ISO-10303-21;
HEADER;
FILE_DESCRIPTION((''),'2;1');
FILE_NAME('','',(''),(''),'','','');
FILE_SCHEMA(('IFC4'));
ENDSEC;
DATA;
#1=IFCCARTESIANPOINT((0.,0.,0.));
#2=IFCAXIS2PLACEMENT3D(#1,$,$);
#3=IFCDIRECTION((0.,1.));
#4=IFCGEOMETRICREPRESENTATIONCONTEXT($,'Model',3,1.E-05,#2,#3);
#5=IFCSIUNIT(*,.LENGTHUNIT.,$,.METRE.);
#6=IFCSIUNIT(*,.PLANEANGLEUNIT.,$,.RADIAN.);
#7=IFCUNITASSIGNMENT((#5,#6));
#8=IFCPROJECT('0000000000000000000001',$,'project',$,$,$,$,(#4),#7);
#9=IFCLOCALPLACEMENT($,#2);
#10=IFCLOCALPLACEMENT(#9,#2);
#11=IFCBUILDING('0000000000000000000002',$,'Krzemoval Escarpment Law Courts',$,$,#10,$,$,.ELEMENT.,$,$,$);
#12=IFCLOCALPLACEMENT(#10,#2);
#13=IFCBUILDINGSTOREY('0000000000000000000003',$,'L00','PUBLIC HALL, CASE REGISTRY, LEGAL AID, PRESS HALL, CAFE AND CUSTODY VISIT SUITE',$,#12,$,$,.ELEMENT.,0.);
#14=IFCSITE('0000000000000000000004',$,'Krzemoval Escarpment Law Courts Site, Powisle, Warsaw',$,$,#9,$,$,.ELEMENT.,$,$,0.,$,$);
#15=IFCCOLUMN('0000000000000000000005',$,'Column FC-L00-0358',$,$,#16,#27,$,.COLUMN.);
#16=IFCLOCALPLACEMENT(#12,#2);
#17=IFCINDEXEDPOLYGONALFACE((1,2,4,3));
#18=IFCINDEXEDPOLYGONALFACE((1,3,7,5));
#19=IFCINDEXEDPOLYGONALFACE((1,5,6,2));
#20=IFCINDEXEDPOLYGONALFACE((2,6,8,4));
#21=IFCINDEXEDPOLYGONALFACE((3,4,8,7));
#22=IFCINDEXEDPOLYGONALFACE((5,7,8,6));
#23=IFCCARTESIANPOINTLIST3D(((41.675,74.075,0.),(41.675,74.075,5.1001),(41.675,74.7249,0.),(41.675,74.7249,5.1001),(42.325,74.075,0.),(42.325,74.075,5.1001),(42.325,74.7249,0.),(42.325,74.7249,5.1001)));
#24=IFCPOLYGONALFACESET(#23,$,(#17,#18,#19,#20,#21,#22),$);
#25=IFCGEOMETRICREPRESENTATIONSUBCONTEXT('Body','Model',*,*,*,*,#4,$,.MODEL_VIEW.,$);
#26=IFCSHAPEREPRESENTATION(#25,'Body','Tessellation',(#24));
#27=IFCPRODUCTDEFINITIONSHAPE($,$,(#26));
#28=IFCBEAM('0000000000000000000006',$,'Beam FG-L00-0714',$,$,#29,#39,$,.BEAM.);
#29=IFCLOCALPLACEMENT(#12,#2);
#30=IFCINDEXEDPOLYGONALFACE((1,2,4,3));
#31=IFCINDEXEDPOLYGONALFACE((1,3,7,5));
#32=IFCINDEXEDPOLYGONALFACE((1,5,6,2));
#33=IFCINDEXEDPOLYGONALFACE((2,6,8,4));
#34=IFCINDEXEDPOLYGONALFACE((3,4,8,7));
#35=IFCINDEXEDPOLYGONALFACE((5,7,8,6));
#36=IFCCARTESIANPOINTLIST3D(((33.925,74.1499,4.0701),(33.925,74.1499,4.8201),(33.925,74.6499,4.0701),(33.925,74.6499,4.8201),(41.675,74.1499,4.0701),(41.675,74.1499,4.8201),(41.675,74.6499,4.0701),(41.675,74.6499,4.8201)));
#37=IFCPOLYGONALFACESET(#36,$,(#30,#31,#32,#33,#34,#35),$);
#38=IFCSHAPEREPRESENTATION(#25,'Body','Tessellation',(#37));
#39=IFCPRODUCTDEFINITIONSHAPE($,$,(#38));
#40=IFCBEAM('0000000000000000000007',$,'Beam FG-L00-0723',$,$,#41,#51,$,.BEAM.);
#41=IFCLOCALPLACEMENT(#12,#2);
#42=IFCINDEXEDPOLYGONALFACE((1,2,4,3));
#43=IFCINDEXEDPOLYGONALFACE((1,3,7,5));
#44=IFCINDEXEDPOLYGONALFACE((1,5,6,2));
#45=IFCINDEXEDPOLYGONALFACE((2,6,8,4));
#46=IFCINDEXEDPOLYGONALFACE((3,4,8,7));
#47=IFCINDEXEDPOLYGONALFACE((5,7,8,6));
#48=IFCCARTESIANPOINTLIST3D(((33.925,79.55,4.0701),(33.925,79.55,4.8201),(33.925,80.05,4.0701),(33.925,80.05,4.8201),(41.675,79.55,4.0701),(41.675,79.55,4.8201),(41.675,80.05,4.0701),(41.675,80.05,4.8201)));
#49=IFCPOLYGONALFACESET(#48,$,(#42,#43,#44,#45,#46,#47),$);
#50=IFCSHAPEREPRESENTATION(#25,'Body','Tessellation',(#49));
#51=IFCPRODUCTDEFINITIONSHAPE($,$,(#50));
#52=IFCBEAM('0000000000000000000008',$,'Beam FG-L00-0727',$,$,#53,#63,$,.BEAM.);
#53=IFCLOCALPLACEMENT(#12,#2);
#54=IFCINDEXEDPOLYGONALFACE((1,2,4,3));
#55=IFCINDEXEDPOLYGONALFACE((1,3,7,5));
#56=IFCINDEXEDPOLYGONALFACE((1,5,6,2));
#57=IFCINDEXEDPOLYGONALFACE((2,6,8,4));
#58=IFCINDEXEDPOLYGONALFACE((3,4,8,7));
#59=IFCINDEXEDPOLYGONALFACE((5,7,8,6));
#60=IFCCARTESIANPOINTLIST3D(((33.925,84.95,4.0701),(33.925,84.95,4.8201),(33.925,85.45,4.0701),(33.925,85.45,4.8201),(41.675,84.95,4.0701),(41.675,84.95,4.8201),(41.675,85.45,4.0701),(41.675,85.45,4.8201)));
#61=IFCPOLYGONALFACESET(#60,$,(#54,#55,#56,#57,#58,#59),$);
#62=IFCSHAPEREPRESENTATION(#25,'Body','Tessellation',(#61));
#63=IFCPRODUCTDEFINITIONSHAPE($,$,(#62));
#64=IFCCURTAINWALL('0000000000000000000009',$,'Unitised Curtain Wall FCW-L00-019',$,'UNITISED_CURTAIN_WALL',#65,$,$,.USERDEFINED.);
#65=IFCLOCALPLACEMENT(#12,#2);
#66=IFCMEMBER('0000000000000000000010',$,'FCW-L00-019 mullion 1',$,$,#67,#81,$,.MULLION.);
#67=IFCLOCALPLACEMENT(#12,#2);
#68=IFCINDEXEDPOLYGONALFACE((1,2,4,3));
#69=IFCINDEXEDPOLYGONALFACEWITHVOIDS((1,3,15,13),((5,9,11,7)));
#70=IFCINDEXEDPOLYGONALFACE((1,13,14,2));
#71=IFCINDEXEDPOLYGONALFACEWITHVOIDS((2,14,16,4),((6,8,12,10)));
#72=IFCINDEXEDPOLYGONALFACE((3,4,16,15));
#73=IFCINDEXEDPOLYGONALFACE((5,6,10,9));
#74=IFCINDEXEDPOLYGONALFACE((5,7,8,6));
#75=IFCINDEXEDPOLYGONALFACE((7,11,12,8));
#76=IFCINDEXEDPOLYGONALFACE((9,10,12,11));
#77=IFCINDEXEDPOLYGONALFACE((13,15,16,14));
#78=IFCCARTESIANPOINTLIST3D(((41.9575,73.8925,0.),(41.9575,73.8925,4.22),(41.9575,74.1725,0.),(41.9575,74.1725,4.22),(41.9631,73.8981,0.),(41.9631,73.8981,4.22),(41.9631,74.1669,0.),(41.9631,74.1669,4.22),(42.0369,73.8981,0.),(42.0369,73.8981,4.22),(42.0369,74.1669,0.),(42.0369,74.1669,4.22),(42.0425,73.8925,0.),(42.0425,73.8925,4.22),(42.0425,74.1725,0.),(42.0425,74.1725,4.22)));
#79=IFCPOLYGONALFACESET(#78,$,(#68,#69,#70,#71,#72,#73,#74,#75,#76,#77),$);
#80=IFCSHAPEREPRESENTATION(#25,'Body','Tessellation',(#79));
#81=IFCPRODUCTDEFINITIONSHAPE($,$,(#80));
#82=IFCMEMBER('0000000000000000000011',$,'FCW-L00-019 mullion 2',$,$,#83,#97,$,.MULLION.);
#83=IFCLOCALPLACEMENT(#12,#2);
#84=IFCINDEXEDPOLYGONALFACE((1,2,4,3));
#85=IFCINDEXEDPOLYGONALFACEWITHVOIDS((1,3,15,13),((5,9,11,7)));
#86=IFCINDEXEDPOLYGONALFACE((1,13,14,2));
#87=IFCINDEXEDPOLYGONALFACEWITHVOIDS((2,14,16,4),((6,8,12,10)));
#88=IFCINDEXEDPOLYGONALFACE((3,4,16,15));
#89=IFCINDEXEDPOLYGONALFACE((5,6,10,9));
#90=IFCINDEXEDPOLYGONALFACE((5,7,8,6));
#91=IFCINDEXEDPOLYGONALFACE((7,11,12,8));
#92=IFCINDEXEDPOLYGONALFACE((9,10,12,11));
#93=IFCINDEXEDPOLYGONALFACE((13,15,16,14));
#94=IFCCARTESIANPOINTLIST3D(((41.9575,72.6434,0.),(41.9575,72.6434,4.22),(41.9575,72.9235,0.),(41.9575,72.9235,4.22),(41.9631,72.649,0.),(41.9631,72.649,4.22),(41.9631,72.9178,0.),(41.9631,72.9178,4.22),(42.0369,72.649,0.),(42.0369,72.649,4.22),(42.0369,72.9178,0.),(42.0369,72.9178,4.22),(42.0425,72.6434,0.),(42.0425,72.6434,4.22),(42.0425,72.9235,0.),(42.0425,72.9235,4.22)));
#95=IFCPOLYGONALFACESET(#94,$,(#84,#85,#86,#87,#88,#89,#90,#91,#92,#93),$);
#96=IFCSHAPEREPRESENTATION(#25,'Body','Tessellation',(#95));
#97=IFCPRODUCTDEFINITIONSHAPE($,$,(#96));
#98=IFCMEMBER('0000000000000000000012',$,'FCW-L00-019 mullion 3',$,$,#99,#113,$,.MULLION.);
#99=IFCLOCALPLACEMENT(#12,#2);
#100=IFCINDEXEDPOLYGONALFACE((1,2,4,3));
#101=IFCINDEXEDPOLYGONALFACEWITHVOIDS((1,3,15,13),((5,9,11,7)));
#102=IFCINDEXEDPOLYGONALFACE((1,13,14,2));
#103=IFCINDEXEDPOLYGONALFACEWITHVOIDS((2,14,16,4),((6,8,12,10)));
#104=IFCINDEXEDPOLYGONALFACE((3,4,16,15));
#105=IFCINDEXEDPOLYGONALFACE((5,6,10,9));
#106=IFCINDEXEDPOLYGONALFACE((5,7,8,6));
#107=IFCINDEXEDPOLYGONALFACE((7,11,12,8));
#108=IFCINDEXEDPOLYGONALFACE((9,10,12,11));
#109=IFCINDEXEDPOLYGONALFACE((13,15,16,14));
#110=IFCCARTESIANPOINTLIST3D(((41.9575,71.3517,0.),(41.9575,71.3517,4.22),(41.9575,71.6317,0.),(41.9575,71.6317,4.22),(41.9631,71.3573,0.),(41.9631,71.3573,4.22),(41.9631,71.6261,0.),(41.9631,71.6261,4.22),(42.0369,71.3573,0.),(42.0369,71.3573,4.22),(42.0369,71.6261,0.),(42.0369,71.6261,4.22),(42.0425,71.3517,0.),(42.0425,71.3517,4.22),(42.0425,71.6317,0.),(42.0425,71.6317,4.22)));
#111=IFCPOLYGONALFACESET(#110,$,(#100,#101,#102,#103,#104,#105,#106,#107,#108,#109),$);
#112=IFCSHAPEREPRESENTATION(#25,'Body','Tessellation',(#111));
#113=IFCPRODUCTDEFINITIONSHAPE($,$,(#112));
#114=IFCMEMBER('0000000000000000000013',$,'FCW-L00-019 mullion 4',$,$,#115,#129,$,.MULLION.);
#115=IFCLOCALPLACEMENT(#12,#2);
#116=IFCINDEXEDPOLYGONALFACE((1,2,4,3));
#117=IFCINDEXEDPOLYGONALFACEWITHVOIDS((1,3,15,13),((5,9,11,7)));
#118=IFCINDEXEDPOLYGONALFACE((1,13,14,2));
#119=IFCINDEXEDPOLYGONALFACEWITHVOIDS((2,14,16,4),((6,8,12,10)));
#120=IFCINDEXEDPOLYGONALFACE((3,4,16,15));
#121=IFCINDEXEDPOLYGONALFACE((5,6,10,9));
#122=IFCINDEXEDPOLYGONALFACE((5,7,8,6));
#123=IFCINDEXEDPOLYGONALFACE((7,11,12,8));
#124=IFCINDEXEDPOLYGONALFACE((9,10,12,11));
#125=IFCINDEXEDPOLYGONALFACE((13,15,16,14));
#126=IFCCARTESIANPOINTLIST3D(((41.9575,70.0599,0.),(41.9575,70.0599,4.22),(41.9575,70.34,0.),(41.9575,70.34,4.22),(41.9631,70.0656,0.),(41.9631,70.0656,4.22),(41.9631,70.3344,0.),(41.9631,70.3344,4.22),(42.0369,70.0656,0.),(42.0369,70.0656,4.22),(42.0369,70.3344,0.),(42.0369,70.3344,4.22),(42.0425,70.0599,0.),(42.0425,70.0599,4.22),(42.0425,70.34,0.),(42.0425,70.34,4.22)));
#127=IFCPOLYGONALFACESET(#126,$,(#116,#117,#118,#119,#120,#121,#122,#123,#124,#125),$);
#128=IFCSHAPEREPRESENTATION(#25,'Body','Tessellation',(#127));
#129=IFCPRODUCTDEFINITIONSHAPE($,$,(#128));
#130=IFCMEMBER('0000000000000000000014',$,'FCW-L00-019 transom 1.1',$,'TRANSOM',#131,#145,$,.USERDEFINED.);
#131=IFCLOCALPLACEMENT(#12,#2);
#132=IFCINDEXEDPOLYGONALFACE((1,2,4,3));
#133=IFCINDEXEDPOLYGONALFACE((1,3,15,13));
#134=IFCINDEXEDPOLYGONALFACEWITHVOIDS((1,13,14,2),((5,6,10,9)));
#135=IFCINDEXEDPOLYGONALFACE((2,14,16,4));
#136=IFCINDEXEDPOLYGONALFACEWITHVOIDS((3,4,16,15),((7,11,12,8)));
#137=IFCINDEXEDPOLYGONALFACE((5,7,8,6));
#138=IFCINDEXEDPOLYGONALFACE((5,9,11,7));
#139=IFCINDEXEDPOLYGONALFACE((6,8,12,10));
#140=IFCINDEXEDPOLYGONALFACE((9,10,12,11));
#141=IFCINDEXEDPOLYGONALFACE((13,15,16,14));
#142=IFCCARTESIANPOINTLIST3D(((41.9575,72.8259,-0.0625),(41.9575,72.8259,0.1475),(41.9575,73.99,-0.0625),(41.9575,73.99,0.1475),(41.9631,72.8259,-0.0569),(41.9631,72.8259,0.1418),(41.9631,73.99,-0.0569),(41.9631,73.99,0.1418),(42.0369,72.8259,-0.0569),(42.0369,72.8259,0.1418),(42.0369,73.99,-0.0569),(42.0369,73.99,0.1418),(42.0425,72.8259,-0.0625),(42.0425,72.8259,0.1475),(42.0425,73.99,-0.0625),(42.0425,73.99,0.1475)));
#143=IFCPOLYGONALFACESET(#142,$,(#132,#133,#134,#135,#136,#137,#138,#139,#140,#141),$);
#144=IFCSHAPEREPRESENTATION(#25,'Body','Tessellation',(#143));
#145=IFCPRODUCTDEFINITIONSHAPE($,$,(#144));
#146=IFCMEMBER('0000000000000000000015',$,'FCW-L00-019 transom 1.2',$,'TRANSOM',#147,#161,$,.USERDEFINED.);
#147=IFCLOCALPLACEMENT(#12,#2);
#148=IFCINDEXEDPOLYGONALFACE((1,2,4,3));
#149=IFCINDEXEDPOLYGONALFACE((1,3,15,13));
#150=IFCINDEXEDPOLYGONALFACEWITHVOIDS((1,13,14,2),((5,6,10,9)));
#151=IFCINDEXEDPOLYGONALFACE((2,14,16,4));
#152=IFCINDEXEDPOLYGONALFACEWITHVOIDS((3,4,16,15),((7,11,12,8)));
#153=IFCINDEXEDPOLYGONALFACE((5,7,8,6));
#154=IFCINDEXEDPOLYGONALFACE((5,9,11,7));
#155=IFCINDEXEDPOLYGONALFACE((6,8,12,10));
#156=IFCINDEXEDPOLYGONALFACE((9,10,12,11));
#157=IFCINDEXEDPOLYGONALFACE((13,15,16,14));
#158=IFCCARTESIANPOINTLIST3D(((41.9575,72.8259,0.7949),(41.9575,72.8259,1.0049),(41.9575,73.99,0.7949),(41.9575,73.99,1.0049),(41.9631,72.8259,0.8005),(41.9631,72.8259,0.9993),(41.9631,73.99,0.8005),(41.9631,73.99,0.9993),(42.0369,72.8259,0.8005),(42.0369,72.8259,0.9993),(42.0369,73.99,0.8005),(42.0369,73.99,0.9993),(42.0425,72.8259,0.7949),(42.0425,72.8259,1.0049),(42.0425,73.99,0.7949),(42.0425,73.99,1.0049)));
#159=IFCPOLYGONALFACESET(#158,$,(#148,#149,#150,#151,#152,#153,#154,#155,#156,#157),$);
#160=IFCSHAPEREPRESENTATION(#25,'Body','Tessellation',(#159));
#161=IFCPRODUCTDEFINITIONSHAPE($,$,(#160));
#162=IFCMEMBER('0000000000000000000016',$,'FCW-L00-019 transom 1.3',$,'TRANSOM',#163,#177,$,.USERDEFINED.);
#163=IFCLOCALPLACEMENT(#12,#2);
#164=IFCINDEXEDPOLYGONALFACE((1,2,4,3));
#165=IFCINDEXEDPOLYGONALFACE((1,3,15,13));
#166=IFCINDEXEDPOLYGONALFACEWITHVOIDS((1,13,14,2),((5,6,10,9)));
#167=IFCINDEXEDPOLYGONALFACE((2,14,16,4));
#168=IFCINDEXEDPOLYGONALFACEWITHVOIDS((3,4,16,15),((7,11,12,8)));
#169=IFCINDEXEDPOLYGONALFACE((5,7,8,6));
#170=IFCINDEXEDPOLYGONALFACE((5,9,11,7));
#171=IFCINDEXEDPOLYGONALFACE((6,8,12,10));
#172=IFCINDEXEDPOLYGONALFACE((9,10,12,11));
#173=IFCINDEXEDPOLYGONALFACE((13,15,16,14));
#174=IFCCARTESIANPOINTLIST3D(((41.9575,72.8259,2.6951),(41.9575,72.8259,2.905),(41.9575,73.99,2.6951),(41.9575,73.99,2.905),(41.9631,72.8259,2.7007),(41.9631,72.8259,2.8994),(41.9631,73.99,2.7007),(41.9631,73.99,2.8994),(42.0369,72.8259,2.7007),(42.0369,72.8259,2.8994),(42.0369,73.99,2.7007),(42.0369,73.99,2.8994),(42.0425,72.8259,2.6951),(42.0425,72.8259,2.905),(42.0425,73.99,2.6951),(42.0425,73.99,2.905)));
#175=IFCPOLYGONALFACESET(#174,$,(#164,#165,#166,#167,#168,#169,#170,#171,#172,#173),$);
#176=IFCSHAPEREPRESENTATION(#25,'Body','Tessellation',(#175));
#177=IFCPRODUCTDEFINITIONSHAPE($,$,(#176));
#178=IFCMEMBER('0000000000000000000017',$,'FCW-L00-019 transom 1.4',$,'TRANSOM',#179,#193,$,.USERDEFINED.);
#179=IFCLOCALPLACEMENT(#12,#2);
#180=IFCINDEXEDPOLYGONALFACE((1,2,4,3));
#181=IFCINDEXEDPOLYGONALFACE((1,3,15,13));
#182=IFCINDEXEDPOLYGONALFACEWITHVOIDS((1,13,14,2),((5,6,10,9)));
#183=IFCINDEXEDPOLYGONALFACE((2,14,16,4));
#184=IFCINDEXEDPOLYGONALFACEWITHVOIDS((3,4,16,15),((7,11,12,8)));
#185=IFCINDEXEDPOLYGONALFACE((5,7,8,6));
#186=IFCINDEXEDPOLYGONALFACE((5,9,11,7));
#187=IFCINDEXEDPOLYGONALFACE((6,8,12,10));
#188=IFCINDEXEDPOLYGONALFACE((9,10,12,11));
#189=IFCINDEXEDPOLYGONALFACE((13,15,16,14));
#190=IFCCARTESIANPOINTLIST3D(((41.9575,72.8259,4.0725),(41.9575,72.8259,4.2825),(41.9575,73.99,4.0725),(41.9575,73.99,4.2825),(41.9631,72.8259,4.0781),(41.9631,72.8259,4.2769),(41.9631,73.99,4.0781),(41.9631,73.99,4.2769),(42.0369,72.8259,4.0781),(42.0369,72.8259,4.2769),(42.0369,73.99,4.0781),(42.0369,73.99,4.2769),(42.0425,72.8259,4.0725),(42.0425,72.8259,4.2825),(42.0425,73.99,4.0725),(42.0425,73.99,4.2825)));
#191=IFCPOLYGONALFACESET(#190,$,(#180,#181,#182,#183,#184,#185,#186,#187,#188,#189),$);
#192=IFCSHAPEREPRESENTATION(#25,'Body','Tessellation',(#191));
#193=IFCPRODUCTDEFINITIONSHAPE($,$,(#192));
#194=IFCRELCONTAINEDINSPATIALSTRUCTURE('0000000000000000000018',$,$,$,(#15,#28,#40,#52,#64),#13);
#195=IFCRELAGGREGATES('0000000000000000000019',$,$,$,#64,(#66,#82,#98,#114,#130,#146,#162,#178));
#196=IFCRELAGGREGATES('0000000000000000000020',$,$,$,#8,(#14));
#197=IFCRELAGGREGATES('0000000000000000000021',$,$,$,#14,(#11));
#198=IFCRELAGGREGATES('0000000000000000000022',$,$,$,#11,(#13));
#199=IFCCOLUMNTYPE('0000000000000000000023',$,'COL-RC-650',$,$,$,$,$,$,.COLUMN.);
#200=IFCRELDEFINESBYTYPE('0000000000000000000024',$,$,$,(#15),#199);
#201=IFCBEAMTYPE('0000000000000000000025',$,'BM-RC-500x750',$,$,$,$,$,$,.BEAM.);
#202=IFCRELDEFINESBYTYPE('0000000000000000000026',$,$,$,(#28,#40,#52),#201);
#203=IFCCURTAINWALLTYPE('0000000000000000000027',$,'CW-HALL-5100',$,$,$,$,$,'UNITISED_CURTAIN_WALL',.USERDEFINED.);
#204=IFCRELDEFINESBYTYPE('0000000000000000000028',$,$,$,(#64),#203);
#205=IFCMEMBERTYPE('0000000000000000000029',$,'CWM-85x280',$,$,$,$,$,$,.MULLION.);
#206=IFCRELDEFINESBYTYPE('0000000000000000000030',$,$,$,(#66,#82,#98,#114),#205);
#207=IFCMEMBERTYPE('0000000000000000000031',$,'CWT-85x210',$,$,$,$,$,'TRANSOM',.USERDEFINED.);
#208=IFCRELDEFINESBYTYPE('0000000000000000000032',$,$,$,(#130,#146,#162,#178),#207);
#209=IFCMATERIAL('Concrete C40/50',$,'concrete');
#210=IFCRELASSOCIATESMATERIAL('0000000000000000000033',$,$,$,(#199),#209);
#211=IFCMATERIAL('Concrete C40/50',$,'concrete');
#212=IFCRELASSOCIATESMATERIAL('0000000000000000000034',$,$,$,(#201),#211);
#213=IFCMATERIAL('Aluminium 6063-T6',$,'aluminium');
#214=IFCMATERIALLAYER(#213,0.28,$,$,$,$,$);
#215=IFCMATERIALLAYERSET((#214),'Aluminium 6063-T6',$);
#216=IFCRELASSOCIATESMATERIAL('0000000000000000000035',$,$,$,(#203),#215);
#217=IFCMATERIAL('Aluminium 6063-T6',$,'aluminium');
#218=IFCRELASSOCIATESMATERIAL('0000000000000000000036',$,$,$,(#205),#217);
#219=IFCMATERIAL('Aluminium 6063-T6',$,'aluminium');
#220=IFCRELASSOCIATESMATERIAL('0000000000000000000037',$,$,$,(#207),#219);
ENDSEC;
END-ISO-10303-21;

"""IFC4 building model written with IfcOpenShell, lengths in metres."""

from ifc_helpers import new_model, si_unit, direction, frame, origin, origin_2d, place, context, subcontext, project, spatial, rectangle, hollow_rectangle, extrude, material, layer, layer_set, material_profile, profile_set, type_object, element, aggregate, save


model = new_model("IFC4")

# Units and contexts
model_context = context("Model", 3, precision=1e-05, world=origin(), true_north=direction((0.0, 1.0)))
body_context = subcontext(model_context, "Body", "Model", "MODEL_VIEW")
ifc_project = project(units=[si_unit("LENGTHUNIT", "METRE"), si_unit("PLANEANGLEUNIT", "RADIAN")], contexts=[model_context])

# Site, building, storey
site_placement = place(None, origin())
site = spatial("IfcSite", under=ifc_project, at=site_placement, Name="Krzemoval Escarpment Law Courts Site, Powisle, Warsaw", CompositionType="ELEMENT", RefElevation=0.0)
building_placement = place(site_placement, origin())
building = spatial("IfcBuilding", under=site, at=building_placement, Name="Krzemoval Escarpment Law Courts", CompositionType="ELEMENT")
storey_placement = place(building_placement, origin())
storey = spatial("IfcBuildingStorey", under=building, at=storey_placement, Name="L00", Description="PUBLIC HALL, CASE REGISTRY, LEGAL AID, PRESS HALL, CAFE AND CUSTODY VISIT SUITE", CompositionType="ELEMENT", Elevation=0.0)

# Column
ifc_material_1 = material(Name="Concrete C40/50", Category="concrete")
ifc_material_profile_1 = material_profile(ifc_material_1, rectangle(XDim=0.6499, YDim=0.6499, at=origin_2d()), Name="RC 650x650")
ifc_profile_set_1 = profile_set([ifc_material_profile_1], Name="Concrete C40/50")
column_type = type_object("IfcColumnType", Name="COL-RC-650", PredefinedType="COLUMN", material=ifc_profile_set_1)
column_placement = place(storey_placement, frame((42.0, 74.3999, 0.0), z_axis=(0.0, 0.0, 1.0), x_axis=(1.0, 0.0, 0.0)))
element("IfcColumn", 1, at=column_placement, inside=storey, type_object=column_type, Name="Column FC-L00-0358", PredefinedType="COLUMN", context=body_context, shape_type="SweptSolid", body=[
    extrude(rectangle(XDim=0.6499, YDim=0.6499, at=origin_2d()), origin(), (0.0, 0.0, 1.0), 5.1001),
])

# Beams
ifc_material_2 = material(Name="Concrete C40/50", Category="concrete")
ifc_material_profile_2 = material_profile(ifc_material_2, rectangle(XDim=0.5, YDim=0.75, at=origin_2d()), Name="RCB 500x750")
ifc_profile_set_2 = profile_set([ifc_material_profile_2], Name="Concrete C40/50")
beam_type_1 = type_object("IfcBeamType", Name="BM-RC-500x750", PredefinedType="BEAM", material=ifc_profile_set_2)
for number, where, z_axis, x_axis, name in (
    (2, (33.925, 74.3999, 4.4451), (1.0, 0.0, 0.0), (0.0, 1.0, 0.0), "Beam FG-L00-0714"),
    (3, (33.925, 79.8, 4.4451), (1.0, 0.0, 0.0), (0.0, 1.0, 0.0), "Beam FG-L00-0723"),
    (4, (33.925, 85.2, 4.4451), (1.0, 0.0, 0.0), (0.0, 1.0, 0.0), "Beam FG-L00-0727"),
):
    element("IfcBeam", number, at=place(storey_placement, frame(where, z_axis=z_axis, x_axis=x_axis)), inside=storey, type_object=beam_type_1, Name=name, PredefinedType="BEAM", context=body_context, shape_type="SweptSolid", body=[
        extrude(rectangle(XDim=0.5, YDim=0.75, at=origin_2d()), origin(), (0.0, 0.0, 1.0), 7.75),
    ])

# Curtain wall, members
ifc_material_3 = material(Name="Aluminium 6063-T6", Category="aluminium")
ifc_layer_1 = layer(ifc_material_3, 0.28)
ifc_layer_set_1 = layer_set([ifc_layer_1], Name="Aluminium 6063-T6")
curtain_wall_type = type_object("IfcCurtainWallType", Name="CW-HALL-5100", ElementType="UNITISED_CURTAIN_WALL", PredefinedType="USERDEFINED", material=ifc_layer_set_1)
curtain_wall_placement = place(storey_placement, origin())
curtain_wall = element("IfcCurtainWall", 5, at=curtain_wall_placement, inside=storey, type_object=curtain_wall_type, Name="Unitised Curtain Wall FCW-L00-019", ObjectType="UNITISED_CURTAIN_WALL", PredefinedType="USERDEFINED")
ifc_material_4 = material(Name="Aluminium 6063-T6", Category="aluminium")
ifc_material_profile_3 = material_profile(ifc_material_4, hollow_rectangle(XDim=0.085, YDim=0.28, WallThickness=0.0056, at=origin_2d()), Name="ALU M85x280")
ifc_profile_set_3 = profile_set([ifc_material_profile_3], Name="Aluminium 6063-T6")
member_type_1 = type_object("IfcMemberType", Name="CWM-85x280", PredefinedType="MULLION", material=ifc_profile_set_3)
member_1_placement = place(storey_placement, frame((42.0, 74.0325, 0.0), z_axis=(0.0, 0.0, 1.0), x_axis=(1.0, 0.0, 0.0)))
member_1 = element("IfcMember", 6, at=member_1_placement, type_object=member_type_1, Name="FCW-L00-019 mullion 1", PredefinedType="MULLION", context=body_context, shape_type="SweptSolid", body=[
    extrude(hollow_rectangle(XDim=0.085, YDim=0.28, WallThickness=0.0056, at=origin_2d()), origin(), (0.0, 0.0, 1.0), 4.22),
])
member_2_placement = place(storey_placement, frame((42.0, 72.7834, 0.0), z_axis=(0.0, 0.0, 1.0), x_axis=(1.0, 0.0, 0.0)))
member_2 = element("IfcMember", 7, at=member_2_placement, type_object=member_type_1, Name="FCW-L00-019 mullion 2", PredefinedType="MULLION", context=body_context, shape_type="SweptSolid", body=[
    extrude(hollow_rectangle(XDim=0.085, YDim=0.28, WallThickness=0.0056, at=origin_2d()), origin(), (0.0, 0.0, 1.0), 4.22),
])
member_3_placement = place(storey_placement, frame((42.0, 71.4917, 0.0), z_axis=(0.0, 0.0, 1.0), x_axis=(1.0, 0.0, 0.0)))
member_3 = element("IfcMember", 8, at=member_3_placement, type_object=member_type_1, Name="FCW-L00-019 mullion 3", PredefinedType="MULLION", context=body_context, shape_type="SweptSolid", body=[
    extrude(hollow_rectangle(XDim=0.085, YDim=0.28, WallThickness=0.0056, at=origin_2d()), origin(), (0.0, 0.0, 1.0), 4.22),
])
member_4_placement = place(storey_placement, frame((42.0, 70.2, 0.0), z_axis=(0.0, 0.0, 1.0), x_axis=(1.0, 0.0, 0.0)))
member_4 = element("IfcMember", 9, at=member_4_placement, type_object=member_type_1, Name="FCW-L00-019 mullion 4", PredefinedType="MULLION", context=body_context, shape_type="SweptSolid", body=[
    extrude(hollow_rectangle(XDim=0.085, YDim=0.28, WallThickness=0.0056, at=origin_2d()), origin(), (0.0, 0.0, 1.0), 4.22),
])
ifc_material_5 = material(Name="Aluminium 6063-T6", Category="aluminium")
ifc_material_profile_4 = material_profile(ifc_material_5, hollow_rectangle(XDim=0.085, YDim=0.21, WallThickness=0.0056, at=origin_2d()), Name="ALU T85x210")
ifc_profile_set_4 = profile_set([ifc_material_profile_4], Name="Aluminium 6063-T6")
member_type_2 = type_object("IfcMemberType", Name="CWT-85x210", ElementType="TRANSOM", PredefinedType="USERDEFINED", material=ifc_profile_set_4)
member_5_placement = place(storey_placement, frame((42.0, 73.99, 0.0425), z_axis=(0.0, -1.0, 0.0), x_axis=(1.0, 0.0, 0.0)))
member_5 = element("IfcMember", 10, at=member_5_placement, type_object=member_type_2, Name="FCW-L00-019 transom 1.1", ObjectType="TRANSOM", PredefinedType="USERDEFINED", context=body_context, shape_type="SweptSolid", body=[
    extrude(hollow_rectangle(XDim=0.085, YDim=0.21, WallThickness=0.0056, at=origin_2d()), origin(), (0.0, 0.0, 1.0), 1.1641),
])
member_6_placement = place(storey_placement, frame((42.0, 73.99, 0.8999), z_axis=(0.0, -1.0, 0.0), x_axis=(1.0, 0.0, 0.0)))
member_6 = element("IfcMember", 11, at=member_6_placement, type_object=member_type_2, Name="FCW-L00-019 transom 1.2", ObjectType="TRANSOM", PredefinedType="USERDEFINED", context=body_context, shape_type="SweptSolid", body=[
    extrude(hollow_rectangle(XDim=0.085, YDim=0.21, WallThickness=0.0056, at=origin_2d()), origin(), (0.0, 0.0, 1.0), 1.1641),
])
member_7_placement = place(storey_placement, frame((42.0, 73.99, 2.8), z_axis=(0.0, -1.0, 0.0), x_axis=(1.0, 0.0, 0.0)))
member_7 = element("IfcMember", 12, at=member_7_placement, type_object=member_type_2, Name="FCW-L00-019 transom 1.3", ObjectType="TRANSOM", PredefinedType="USERDEFINED", context=body_context, shape_type="SweptSolid", body=[
    extrude(hollow_rectangle(XDim=0.085, YDim=0.21, WallThickness=0.0056, at=origin_2d()), origin(), (0.0, 0.0, 1.0), 1.1641),
])
member_8_placement = place(storey_placement, frame((42.0, 73.99, 4.1775), z_axis=(0.0, -1.0, 0.0), x_axis=(1.0, 0.0, 0.0)))
member_8 = element("IfcMember", 13, at=member_8_placement, type_object=member_type_2, Name="FCW-L00-019 transom 1.4", ObjectType="TRANSOM", PredefinedType="USERDEFINED", context=body_context, shape_type="SweptSolid", body=[
    extrude(hollow_rectangle(XDim=0.085, YDim=0.21, WallThickness=0.0056, at=origin_2d()), origin(), (0.0, 0.0, 1.0), 1.1641),
])

aggregate(curtain_wall, [member_1, member_2, member_3, member_4, member_5, member_6, member_7, member_8])

save(model, "model.ifc")
